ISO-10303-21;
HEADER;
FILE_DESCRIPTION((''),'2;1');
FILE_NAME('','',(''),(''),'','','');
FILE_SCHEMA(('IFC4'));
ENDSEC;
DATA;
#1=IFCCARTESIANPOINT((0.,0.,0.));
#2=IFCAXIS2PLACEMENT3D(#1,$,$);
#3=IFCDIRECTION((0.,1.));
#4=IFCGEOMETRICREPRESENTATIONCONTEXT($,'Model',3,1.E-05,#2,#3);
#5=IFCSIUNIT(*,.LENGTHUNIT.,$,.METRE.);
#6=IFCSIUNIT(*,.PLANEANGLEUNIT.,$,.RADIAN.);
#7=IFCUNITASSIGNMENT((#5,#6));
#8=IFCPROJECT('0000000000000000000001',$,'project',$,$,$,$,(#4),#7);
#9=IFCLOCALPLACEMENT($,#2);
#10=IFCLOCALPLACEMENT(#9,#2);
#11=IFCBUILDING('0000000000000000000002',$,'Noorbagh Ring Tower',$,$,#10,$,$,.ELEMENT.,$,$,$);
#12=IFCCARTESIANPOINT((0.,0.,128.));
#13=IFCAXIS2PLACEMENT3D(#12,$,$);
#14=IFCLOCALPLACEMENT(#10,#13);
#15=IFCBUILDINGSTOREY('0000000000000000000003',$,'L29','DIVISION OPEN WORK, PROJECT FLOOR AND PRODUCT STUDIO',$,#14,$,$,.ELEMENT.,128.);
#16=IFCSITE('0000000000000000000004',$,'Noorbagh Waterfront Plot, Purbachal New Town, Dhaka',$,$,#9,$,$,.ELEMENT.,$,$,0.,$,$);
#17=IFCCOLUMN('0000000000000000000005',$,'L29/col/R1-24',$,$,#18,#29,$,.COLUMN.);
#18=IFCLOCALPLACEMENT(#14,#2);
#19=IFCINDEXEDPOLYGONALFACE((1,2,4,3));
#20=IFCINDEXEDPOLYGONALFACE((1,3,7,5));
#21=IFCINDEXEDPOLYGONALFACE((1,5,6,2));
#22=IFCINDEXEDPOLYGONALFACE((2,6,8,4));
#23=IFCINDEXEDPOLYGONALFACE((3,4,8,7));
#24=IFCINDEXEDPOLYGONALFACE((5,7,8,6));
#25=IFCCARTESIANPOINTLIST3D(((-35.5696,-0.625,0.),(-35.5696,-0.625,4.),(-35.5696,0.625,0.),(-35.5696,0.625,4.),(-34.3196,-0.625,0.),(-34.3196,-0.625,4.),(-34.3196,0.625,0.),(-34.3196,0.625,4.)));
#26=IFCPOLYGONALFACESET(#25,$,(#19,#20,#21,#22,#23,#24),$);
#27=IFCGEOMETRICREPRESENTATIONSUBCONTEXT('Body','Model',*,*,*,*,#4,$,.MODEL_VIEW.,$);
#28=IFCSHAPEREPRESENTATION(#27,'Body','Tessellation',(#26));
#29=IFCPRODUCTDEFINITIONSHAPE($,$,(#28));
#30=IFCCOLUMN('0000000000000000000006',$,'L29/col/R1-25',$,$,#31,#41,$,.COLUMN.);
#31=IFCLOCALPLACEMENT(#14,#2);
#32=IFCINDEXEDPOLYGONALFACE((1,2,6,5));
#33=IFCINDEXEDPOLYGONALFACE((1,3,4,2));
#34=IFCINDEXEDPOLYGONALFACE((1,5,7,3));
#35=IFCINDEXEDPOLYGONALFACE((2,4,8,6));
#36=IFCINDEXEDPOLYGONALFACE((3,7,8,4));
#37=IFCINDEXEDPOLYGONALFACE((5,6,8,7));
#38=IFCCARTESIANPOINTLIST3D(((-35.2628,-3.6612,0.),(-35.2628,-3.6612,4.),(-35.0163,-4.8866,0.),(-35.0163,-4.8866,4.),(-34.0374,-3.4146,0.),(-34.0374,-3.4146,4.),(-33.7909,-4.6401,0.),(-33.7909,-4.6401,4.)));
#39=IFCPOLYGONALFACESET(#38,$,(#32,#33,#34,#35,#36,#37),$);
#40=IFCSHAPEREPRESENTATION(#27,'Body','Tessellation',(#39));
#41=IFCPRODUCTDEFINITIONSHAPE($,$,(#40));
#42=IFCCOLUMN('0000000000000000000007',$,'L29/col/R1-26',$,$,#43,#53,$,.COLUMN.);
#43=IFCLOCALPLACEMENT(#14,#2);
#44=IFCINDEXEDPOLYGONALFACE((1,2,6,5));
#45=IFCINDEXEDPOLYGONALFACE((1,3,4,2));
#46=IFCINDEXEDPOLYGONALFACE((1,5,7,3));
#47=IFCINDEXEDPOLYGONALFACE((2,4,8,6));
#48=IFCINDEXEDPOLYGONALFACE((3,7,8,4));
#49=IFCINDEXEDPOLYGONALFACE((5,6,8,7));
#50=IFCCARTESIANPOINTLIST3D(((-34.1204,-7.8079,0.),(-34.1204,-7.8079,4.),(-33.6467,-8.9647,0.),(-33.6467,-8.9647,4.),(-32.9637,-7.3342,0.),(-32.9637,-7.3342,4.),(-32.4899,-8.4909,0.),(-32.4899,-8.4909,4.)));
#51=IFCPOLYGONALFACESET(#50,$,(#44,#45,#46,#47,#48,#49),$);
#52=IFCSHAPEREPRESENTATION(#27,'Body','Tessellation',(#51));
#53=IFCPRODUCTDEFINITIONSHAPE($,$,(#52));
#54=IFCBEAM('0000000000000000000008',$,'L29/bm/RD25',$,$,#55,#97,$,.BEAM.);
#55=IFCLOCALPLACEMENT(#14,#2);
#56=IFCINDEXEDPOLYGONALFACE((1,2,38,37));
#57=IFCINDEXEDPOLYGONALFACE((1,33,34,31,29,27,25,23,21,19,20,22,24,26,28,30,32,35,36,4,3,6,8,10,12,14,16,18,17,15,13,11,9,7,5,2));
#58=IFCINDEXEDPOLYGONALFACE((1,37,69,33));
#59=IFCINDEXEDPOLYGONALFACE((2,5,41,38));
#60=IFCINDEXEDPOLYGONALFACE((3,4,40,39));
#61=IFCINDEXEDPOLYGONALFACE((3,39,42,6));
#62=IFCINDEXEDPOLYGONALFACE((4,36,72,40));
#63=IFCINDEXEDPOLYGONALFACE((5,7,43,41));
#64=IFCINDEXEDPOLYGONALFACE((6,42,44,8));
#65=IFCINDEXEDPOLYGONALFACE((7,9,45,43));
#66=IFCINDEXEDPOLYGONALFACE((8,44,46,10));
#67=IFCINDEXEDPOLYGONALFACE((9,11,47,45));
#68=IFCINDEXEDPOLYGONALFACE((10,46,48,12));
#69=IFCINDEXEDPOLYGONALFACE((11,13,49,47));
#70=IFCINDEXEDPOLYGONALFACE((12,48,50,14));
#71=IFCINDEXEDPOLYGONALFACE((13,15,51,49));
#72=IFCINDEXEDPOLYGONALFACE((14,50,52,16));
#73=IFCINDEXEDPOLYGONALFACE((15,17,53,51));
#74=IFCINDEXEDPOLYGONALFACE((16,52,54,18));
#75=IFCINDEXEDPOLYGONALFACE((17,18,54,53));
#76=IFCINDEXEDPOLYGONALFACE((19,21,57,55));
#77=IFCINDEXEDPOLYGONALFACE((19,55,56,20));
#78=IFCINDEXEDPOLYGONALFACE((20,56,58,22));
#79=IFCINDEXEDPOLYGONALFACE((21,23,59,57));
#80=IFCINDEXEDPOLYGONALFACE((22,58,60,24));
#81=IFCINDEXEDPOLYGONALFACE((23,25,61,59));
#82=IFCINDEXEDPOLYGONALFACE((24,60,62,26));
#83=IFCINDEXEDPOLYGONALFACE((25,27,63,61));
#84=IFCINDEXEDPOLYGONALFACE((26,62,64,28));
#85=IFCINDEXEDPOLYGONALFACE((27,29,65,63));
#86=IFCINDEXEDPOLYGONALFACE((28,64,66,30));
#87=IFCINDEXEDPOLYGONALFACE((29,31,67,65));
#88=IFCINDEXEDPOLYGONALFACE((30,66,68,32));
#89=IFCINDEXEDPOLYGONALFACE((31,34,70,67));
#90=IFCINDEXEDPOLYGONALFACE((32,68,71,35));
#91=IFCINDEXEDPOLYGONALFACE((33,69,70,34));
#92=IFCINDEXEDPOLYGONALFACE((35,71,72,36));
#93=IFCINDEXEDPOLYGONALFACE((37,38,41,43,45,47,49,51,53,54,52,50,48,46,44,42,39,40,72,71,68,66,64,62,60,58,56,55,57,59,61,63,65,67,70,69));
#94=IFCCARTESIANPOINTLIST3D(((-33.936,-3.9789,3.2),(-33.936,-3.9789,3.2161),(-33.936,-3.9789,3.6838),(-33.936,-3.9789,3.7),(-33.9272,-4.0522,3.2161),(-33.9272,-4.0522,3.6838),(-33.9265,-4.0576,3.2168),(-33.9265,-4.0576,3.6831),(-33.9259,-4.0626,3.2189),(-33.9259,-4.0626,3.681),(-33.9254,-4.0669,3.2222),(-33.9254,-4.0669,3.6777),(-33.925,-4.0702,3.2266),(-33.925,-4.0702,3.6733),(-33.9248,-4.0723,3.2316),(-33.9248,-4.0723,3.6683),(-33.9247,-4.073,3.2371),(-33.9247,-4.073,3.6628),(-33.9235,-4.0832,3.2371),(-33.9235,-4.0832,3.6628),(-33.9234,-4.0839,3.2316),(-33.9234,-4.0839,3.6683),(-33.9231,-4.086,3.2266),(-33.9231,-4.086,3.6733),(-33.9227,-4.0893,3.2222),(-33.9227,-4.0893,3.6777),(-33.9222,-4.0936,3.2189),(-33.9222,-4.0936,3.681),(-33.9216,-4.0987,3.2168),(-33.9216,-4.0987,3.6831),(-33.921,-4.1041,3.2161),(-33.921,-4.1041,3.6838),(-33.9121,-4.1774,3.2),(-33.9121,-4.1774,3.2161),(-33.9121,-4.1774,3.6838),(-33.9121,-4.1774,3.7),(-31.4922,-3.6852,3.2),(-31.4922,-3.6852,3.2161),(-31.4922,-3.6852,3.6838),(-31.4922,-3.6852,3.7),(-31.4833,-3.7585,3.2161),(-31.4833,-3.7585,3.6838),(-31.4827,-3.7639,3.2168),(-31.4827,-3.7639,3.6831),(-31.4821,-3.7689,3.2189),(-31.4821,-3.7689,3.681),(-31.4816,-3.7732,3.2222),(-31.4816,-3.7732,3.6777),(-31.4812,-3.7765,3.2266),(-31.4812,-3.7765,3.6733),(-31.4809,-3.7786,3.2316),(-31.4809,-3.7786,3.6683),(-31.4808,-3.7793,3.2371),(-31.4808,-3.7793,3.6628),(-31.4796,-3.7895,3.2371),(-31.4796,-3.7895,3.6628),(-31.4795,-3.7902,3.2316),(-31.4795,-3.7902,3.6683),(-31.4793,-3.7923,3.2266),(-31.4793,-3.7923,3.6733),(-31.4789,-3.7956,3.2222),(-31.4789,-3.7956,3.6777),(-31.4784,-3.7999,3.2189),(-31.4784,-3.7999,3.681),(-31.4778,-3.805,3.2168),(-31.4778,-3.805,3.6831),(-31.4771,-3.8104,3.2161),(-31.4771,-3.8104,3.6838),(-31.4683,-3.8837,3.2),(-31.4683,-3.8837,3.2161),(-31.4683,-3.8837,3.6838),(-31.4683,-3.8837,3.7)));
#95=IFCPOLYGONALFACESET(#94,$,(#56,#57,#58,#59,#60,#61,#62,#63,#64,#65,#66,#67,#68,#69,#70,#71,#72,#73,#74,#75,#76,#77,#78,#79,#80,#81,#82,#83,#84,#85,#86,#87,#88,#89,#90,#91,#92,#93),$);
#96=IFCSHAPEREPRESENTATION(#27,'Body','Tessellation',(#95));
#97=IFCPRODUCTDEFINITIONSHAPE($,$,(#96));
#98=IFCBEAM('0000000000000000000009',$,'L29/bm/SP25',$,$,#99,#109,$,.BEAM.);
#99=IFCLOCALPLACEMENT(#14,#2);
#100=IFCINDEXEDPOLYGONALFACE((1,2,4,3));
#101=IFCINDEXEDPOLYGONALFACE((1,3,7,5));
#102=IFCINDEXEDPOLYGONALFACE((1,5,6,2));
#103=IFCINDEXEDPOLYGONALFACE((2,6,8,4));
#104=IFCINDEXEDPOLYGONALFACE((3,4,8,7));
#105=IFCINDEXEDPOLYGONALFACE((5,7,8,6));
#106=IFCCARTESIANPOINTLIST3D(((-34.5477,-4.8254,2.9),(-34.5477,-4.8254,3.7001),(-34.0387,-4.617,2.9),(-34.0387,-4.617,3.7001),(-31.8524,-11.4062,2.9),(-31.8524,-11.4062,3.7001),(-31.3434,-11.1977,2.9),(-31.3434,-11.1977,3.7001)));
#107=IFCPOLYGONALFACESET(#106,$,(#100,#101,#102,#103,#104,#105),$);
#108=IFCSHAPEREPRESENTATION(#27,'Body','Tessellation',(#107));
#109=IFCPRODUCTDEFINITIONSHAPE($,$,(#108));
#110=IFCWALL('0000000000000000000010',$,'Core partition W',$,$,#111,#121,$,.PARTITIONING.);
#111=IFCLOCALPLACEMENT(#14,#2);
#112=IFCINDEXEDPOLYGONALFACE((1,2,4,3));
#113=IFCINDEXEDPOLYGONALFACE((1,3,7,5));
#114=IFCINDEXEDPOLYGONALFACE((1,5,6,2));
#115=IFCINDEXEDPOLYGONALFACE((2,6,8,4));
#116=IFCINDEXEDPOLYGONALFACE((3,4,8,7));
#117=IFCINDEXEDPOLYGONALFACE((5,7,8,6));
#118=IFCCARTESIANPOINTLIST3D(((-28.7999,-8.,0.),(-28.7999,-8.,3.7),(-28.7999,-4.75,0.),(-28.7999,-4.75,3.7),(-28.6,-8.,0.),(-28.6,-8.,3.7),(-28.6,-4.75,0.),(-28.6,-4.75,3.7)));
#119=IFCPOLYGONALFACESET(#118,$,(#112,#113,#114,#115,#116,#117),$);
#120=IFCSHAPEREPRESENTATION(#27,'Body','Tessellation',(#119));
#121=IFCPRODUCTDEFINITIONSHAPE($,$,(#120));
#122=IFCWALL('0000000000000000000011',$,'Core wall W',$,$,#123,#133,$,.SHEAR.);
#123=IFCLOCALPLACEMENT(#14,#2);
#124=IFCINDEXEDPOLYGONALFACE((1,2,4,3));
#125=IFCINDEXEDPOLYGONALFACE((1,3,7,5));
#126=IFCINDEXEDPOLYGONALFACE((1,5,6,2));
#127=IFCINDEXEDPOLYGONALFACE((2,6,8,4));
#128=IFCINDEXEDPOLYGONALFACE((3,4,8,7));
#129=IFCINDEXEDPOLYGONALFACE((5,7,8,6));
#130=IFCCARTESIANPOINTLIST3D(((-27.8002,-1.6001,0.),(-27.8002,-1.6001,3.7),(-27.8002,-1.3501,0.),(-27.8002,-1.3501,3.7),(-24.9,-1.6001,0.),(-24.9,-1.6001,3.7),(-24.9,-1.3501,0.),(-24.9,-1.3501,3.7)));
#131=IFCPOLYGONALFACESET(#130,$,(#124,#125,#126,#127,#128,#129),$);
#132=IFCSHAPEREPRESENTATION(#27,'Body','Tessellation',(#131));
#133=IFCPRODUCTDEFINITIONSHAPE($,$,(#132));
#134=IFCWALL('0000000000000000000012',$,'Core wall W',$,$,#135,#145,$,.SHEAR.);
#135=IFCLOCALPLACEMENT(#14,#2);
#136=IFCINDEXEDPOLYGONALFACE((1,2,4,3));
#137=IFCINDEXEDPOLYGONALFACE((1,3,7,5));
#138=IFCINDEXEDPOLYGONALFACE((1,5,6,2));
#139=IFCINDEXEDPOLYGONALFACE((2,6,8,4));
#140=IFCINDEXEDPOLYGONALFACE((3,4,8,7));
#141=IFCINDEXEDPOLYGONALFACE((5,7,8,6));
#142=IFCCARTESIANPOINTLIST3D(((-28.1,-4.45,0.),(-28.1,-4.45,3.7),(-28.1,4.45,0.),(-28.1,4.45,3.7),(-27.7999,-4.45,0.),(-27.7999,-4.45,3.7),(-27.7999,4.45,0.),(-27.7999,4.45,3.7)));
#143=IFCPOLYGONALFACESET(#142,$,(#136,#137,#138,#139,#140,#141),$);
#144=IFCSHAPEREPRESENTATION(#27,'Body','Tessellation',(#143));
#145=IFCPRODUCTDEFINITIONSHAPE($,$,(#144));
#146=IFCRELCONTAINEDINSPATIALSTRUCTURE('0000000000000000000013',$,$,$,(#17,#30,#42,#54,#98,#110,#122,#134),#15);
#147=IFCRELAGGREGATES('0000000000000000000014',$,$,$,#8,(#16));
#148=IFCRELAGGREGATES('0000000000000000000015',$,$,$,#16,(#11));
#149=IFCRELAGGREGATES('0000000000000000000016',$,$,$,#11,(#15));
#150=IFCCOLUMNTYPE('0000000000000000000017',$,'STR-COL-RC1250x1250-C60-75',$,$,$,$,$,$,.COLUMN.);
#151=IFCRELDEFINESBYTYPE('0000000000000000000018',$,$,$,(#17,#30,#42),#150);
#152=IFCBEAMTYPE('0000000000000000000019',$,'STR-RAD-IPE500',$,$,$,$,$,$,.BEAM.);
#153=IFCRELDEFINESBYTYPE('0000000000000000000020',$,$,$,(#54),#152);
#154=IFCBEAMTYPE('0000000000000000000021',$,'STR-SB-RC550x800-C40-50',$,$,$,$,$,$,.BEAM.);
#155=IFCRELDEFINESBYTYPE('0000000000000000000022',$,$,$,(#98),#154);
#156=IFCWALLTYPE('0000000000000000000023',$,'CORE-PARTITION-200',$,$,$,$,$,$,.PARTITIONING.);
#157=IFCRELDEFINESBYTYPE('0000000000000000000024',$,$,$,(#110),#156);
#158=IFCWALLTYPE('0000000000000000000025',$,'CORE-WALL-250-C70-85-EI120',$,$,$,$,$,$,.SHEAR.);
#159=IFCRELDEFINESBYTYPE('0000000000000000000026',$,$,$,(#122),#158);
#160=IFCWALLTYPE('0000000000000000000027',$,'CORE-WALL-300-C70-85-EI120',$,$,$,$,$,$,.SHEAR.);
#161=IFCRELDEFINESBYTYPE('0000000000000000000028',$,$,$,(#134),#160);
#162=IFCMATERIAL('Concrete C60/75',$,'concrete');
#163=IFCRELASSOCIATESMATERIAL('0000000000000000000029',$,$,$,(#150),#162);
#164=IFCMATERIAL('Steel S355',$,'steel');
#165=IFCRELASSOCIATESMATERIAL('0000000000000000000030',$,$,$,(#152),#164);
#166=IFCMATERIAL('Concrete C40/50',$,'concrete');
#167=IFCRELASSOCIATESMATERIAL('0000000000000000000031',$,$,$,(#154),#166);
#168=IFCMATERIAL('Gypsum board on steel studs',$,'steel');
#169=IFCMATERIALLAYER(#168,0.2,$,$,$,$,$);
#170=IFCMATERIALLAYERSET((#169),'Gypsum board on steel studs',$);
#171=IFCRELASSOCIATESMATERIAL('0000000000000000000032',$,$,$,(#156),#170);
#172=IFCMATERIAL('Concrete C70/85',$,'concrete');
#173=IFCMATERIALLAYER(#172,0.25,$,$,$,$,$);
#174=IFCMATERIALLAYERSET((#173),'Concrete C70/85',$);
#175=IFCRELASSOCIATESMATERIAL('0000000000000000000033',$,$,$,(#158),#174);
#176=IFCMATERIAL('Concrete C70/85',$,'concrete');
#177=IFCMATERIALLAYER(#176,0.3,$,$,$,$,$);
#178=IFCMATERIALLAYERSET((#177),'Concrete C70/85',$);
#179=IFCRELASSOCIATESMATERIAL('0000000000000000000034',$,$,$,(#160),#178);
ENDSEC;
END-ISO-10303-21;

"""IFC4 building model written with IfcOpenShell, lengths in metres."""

from ifc_helpers import new_model, si_unit, direction, frame, frame_2d, origin, origin_2d, place, context, subcontext, project, spatial, rectangle, i_section, extrude, material, layer, layer_set, material_profile, profile_set, type_object, element, save


model = new_model("IFC4")

# Units and contexts
model_context = context("Model", 3, precision=1e-05, world=origin(), true_north=direction((0.0, 1.0)))
body_context = subcontext(model_context, "Body", "Model", "MODEL_VIEW")
ifc_project = project(units=[si_unit("LENGTHUNIT", "METRE"), si_unit("PLANEANGLEUNIT", "RADIAN")], contexts=[model_context])

# Site, building, storey
site_placement = place(None, origin())
site = spatial("IfcSite", under=ifc_project, at=site_placement, Name="Noorbagh Waterfront Plot, Purbachal New Town, Dhaka", CompositionType="ELEMENT", RefElevation=0.0)
building_placement = place(site_placement, origin())
building = spatial("IfcBuilding", under=site, at=building_placement, Name="Noorbagh Ring Tower", CompositionType="ELEMENT")
storey_placement = place(building_placement, frame((0.0, 0.0, 128.0)))
storey = spatial("IfcBuildingStorey", under=building, at=storey_placement, Name="L29", Description="DIVISION OPEN WORK, PROJECT FLOOR AND PRODUCT STUDIO", CompositionType="ELEMENT", Elevation=128.0)

# Columns
ifc_material_1 = material(Name="Concrete C60/75", Category="concrete")
ifc_material_profile_1 = material_profile(ifc_material_1, rectangle(XDim=1.25, YDim=1.25, at=origin_2d()), Name="RC1250x1250")
ifc_profile_set_1 = profile_set([ifc_material_profile_1], Name="Concrete C60/75")
column_type = type_object("IfcColumnType", Name="STR-COL-RC1250x1250-C60-75", PredefinedType="COLUMN", material=ifc_profile_set_1)
for number, where, z_axis, x_axis, name in (
    (1, (-34.9446, 0.0, 0.0), (0.0, 0.0, 1.0), (0.0, -1.0, 0.0), "L29/col/R1-24"),
    (2, (-34.5269, -4.1506, 0.0), (0.0, 0.0, 1.0), (0.19723, -0.980357, 0.0), "L29/col/R1-25"),
    (3, (-33.3052, -8.1494, 0.0), (0.0, 0.0, 1.0), (0.378989, -0.925401, 0.0), "L29/col/R1-26"),
):
    element("IfcColumn", number, at=place(storey_placement, frame(where, z_axis=z_axis, x_axis=x_axis)), inside=storey, type_object=column_type, Name=name, PredefinedType="COLUMN", context=body_context, shape_type="SweptSolid", body=[
        extrude(rectangle(XDim=1.25, YDim=1.25, at=origin_2d()), origin(), (0.0, 0.0, 1.0), 4.0),
    ])

# Beams
ifc_material_2 = material(Name="Steel S355", Category="steel")
ifc_material_profile_2 = material_profile(ifc_material_2, i_section(OverallWidth=0.2, OverallDepth=0.5, WebThickness=0.0103, FlangeThickness=0.0161, FilletRadius=0.021, at=origin_2d()), Name="IPE500")
ifc_profile_set_2 = profile_set([ifc_material_profile_2], Name="Steel S355")
beam_type_1 = type_object("IfcBeamType", Name="STR-RAD-IPE500", PredefinedType="BEAM", material=ifc_profile_set_2)
beam_1_placement = place(storey_placement, frame((-33.9241, -4.0781, 3.45), z_axis=(0.992856, 0.119321, 0.0), x_axis=(-0.119321, 0.992856, 0.0)))
element("IfcBeam", 4, at=beam_1_placement, inside=storey, type_object=beam_type_1, Name="L29/bm/RD25", PredefinedType="BEAM", context=body_context, shape_type="SweptSolid", body=[
    extrude(i_section(OverallWidth=0.2, OverallDepth=0.5, WebThickness=0.0103, FlangeThickness=0.0161, FilletRadius=0.021, at=origin_2d()), origin(), (0.0, 0.0, 1.0), 2.4614),
])
ifc_material_3 = material(Name="Concrete C40/50", Category="concrete")
ifc_material_profile_3 = material_profile(ifc_material_3, rectangle(XDim=0.55, YDim=0.8, at=origin_2d()), Name="RC550x800")
ifc_profile_set_3 = profile_set([ifc_material_profile_3], Name="Concrete C40/50")
beam_type_2 = type_object("IfcBeamType", Name="STR-SB-RC550x800-C40-50", PredefinedType="BEAM", material=ifc_profile_set_3)
beam_2_placement = place(storey_placement, frame((-34.2932, -4.7212, 3.3), z_axis=(0.379014, -0.925391, 0.0), x_axis=(0.925391, 0.379014, 0.0)))
element("IfcBeam", 5, at=beam_2_placement, inside=storey, type_object=beam_type_2, Name="L29/bm/SP25", PredefinedType="BEAM", context=body_context, shape_type="SweptSolid", body=[
    extrude(rectangle(XDim=0.55, YDim=0.8, at=origin_2d()), origin(), (0.0, 0.0, 1.0), 7.1113),
])

# Walls
ifc_material_4 = material(Name="Gypsum board on steel studs", Category="steel")
ifc_layer_1 = layer(ifc_material_4, 0.2)
ifc_layer_set_1 = layer_set([ifc_layer_1], Name="Gypsum board on steel studs")
wall_type_1 = type_object("IfcWallType", Name="CORE-PARTITION-200", PredefinedType="PARTITIONING", material=ifc_layer_set_1)
wall_1_placement = place(storey_placement, frame((-28.7, -8.0, 0.0), z_axis=(0.0, 0.0, 1.0), x_axis=(0.0, 1.0, 0.0)))
element("IfcWall", 6, at=wall_1_placement, inside=storey, type_object=wall_type_1, Name="Core partition W", PredefinedType="PARTITIONING", context=body_context, shape_type="SweptSolid", body=[
    extrude(rectangle(XDim=3.25, YDim=0.2, at=frame_2d((1.625, 0.0))), origin(), (0.0, 0.0, 1.0), 3.7),
])
ifc_material_5 = material(Name="Concrete C70/85", Category="concrete")
ifc_layer_2 = layer(ifc_material_5, 0.25)
ifc_layer_set_2 = layer_set([ifc_layer_2], Name="Concrete C70/85")
wall_type_2 = type_object("IfcWallType", Name="CORE-WALL-250-C70-85-EI120", PredefinedType="SHEAR", material=ifc_layer_set_2)
wall_2_placement = place(storey_placement, frame((-24.8999, -1.4751, 0.0), z_axis=(0.0, 0.0, 1.0), x_axis=(-1.0, 0.0, 0.0)))
element("IfcWall", 7, at=wall_2_placement, inside=storey, type_object=wall_type_2, Name="Core wall W", PredefinedType="SHEAR", context=body_context, shape_type="SweptSolid", body=[
    extrude(rectangle(XDim=2.9001, YDim=0.25, at=frame_2d((1.4502, 0.0))), origin(), (0.0, 0.0, 1.0), 3.7),
])
ifc_material_6 = material(Name="Concrete C70/85", Category="concrete")
ifc_layer_3 = layer(ifc_material_6, 0.3)
ifc_layer_set_3 = layer_set([ifc_layer_3], Name="Concrete C70/85")
wall_type_3 = type_object("IfcWallType", Name="CORE-WALL-300-C70-85-EI120", PredefinedType="SHEAR", material=ifc_layer_set_3)
wall_3_placement = place(storey_placement, frame((-27.95, -4.45, 0.0), z_axis=(0.0, 0.0, 1.0), x_axis=(0.0, 1.0, 0.0)))
element("IfcWall", 8, at=wall_3_placement, inside=storey, type_object=wall_type_3, Name="Core wall W", PredefinedType="SHEAR", context=body_context, shape_type="SweptSolid", body=[
    extrude(rectangle(XDim=8.8999, YDim=0.3, at=frame_2d((4.45, 0.0))), origin(), (0.0, 0.0, 1.0), 3.7),
])

save(model, "model.ifc")
